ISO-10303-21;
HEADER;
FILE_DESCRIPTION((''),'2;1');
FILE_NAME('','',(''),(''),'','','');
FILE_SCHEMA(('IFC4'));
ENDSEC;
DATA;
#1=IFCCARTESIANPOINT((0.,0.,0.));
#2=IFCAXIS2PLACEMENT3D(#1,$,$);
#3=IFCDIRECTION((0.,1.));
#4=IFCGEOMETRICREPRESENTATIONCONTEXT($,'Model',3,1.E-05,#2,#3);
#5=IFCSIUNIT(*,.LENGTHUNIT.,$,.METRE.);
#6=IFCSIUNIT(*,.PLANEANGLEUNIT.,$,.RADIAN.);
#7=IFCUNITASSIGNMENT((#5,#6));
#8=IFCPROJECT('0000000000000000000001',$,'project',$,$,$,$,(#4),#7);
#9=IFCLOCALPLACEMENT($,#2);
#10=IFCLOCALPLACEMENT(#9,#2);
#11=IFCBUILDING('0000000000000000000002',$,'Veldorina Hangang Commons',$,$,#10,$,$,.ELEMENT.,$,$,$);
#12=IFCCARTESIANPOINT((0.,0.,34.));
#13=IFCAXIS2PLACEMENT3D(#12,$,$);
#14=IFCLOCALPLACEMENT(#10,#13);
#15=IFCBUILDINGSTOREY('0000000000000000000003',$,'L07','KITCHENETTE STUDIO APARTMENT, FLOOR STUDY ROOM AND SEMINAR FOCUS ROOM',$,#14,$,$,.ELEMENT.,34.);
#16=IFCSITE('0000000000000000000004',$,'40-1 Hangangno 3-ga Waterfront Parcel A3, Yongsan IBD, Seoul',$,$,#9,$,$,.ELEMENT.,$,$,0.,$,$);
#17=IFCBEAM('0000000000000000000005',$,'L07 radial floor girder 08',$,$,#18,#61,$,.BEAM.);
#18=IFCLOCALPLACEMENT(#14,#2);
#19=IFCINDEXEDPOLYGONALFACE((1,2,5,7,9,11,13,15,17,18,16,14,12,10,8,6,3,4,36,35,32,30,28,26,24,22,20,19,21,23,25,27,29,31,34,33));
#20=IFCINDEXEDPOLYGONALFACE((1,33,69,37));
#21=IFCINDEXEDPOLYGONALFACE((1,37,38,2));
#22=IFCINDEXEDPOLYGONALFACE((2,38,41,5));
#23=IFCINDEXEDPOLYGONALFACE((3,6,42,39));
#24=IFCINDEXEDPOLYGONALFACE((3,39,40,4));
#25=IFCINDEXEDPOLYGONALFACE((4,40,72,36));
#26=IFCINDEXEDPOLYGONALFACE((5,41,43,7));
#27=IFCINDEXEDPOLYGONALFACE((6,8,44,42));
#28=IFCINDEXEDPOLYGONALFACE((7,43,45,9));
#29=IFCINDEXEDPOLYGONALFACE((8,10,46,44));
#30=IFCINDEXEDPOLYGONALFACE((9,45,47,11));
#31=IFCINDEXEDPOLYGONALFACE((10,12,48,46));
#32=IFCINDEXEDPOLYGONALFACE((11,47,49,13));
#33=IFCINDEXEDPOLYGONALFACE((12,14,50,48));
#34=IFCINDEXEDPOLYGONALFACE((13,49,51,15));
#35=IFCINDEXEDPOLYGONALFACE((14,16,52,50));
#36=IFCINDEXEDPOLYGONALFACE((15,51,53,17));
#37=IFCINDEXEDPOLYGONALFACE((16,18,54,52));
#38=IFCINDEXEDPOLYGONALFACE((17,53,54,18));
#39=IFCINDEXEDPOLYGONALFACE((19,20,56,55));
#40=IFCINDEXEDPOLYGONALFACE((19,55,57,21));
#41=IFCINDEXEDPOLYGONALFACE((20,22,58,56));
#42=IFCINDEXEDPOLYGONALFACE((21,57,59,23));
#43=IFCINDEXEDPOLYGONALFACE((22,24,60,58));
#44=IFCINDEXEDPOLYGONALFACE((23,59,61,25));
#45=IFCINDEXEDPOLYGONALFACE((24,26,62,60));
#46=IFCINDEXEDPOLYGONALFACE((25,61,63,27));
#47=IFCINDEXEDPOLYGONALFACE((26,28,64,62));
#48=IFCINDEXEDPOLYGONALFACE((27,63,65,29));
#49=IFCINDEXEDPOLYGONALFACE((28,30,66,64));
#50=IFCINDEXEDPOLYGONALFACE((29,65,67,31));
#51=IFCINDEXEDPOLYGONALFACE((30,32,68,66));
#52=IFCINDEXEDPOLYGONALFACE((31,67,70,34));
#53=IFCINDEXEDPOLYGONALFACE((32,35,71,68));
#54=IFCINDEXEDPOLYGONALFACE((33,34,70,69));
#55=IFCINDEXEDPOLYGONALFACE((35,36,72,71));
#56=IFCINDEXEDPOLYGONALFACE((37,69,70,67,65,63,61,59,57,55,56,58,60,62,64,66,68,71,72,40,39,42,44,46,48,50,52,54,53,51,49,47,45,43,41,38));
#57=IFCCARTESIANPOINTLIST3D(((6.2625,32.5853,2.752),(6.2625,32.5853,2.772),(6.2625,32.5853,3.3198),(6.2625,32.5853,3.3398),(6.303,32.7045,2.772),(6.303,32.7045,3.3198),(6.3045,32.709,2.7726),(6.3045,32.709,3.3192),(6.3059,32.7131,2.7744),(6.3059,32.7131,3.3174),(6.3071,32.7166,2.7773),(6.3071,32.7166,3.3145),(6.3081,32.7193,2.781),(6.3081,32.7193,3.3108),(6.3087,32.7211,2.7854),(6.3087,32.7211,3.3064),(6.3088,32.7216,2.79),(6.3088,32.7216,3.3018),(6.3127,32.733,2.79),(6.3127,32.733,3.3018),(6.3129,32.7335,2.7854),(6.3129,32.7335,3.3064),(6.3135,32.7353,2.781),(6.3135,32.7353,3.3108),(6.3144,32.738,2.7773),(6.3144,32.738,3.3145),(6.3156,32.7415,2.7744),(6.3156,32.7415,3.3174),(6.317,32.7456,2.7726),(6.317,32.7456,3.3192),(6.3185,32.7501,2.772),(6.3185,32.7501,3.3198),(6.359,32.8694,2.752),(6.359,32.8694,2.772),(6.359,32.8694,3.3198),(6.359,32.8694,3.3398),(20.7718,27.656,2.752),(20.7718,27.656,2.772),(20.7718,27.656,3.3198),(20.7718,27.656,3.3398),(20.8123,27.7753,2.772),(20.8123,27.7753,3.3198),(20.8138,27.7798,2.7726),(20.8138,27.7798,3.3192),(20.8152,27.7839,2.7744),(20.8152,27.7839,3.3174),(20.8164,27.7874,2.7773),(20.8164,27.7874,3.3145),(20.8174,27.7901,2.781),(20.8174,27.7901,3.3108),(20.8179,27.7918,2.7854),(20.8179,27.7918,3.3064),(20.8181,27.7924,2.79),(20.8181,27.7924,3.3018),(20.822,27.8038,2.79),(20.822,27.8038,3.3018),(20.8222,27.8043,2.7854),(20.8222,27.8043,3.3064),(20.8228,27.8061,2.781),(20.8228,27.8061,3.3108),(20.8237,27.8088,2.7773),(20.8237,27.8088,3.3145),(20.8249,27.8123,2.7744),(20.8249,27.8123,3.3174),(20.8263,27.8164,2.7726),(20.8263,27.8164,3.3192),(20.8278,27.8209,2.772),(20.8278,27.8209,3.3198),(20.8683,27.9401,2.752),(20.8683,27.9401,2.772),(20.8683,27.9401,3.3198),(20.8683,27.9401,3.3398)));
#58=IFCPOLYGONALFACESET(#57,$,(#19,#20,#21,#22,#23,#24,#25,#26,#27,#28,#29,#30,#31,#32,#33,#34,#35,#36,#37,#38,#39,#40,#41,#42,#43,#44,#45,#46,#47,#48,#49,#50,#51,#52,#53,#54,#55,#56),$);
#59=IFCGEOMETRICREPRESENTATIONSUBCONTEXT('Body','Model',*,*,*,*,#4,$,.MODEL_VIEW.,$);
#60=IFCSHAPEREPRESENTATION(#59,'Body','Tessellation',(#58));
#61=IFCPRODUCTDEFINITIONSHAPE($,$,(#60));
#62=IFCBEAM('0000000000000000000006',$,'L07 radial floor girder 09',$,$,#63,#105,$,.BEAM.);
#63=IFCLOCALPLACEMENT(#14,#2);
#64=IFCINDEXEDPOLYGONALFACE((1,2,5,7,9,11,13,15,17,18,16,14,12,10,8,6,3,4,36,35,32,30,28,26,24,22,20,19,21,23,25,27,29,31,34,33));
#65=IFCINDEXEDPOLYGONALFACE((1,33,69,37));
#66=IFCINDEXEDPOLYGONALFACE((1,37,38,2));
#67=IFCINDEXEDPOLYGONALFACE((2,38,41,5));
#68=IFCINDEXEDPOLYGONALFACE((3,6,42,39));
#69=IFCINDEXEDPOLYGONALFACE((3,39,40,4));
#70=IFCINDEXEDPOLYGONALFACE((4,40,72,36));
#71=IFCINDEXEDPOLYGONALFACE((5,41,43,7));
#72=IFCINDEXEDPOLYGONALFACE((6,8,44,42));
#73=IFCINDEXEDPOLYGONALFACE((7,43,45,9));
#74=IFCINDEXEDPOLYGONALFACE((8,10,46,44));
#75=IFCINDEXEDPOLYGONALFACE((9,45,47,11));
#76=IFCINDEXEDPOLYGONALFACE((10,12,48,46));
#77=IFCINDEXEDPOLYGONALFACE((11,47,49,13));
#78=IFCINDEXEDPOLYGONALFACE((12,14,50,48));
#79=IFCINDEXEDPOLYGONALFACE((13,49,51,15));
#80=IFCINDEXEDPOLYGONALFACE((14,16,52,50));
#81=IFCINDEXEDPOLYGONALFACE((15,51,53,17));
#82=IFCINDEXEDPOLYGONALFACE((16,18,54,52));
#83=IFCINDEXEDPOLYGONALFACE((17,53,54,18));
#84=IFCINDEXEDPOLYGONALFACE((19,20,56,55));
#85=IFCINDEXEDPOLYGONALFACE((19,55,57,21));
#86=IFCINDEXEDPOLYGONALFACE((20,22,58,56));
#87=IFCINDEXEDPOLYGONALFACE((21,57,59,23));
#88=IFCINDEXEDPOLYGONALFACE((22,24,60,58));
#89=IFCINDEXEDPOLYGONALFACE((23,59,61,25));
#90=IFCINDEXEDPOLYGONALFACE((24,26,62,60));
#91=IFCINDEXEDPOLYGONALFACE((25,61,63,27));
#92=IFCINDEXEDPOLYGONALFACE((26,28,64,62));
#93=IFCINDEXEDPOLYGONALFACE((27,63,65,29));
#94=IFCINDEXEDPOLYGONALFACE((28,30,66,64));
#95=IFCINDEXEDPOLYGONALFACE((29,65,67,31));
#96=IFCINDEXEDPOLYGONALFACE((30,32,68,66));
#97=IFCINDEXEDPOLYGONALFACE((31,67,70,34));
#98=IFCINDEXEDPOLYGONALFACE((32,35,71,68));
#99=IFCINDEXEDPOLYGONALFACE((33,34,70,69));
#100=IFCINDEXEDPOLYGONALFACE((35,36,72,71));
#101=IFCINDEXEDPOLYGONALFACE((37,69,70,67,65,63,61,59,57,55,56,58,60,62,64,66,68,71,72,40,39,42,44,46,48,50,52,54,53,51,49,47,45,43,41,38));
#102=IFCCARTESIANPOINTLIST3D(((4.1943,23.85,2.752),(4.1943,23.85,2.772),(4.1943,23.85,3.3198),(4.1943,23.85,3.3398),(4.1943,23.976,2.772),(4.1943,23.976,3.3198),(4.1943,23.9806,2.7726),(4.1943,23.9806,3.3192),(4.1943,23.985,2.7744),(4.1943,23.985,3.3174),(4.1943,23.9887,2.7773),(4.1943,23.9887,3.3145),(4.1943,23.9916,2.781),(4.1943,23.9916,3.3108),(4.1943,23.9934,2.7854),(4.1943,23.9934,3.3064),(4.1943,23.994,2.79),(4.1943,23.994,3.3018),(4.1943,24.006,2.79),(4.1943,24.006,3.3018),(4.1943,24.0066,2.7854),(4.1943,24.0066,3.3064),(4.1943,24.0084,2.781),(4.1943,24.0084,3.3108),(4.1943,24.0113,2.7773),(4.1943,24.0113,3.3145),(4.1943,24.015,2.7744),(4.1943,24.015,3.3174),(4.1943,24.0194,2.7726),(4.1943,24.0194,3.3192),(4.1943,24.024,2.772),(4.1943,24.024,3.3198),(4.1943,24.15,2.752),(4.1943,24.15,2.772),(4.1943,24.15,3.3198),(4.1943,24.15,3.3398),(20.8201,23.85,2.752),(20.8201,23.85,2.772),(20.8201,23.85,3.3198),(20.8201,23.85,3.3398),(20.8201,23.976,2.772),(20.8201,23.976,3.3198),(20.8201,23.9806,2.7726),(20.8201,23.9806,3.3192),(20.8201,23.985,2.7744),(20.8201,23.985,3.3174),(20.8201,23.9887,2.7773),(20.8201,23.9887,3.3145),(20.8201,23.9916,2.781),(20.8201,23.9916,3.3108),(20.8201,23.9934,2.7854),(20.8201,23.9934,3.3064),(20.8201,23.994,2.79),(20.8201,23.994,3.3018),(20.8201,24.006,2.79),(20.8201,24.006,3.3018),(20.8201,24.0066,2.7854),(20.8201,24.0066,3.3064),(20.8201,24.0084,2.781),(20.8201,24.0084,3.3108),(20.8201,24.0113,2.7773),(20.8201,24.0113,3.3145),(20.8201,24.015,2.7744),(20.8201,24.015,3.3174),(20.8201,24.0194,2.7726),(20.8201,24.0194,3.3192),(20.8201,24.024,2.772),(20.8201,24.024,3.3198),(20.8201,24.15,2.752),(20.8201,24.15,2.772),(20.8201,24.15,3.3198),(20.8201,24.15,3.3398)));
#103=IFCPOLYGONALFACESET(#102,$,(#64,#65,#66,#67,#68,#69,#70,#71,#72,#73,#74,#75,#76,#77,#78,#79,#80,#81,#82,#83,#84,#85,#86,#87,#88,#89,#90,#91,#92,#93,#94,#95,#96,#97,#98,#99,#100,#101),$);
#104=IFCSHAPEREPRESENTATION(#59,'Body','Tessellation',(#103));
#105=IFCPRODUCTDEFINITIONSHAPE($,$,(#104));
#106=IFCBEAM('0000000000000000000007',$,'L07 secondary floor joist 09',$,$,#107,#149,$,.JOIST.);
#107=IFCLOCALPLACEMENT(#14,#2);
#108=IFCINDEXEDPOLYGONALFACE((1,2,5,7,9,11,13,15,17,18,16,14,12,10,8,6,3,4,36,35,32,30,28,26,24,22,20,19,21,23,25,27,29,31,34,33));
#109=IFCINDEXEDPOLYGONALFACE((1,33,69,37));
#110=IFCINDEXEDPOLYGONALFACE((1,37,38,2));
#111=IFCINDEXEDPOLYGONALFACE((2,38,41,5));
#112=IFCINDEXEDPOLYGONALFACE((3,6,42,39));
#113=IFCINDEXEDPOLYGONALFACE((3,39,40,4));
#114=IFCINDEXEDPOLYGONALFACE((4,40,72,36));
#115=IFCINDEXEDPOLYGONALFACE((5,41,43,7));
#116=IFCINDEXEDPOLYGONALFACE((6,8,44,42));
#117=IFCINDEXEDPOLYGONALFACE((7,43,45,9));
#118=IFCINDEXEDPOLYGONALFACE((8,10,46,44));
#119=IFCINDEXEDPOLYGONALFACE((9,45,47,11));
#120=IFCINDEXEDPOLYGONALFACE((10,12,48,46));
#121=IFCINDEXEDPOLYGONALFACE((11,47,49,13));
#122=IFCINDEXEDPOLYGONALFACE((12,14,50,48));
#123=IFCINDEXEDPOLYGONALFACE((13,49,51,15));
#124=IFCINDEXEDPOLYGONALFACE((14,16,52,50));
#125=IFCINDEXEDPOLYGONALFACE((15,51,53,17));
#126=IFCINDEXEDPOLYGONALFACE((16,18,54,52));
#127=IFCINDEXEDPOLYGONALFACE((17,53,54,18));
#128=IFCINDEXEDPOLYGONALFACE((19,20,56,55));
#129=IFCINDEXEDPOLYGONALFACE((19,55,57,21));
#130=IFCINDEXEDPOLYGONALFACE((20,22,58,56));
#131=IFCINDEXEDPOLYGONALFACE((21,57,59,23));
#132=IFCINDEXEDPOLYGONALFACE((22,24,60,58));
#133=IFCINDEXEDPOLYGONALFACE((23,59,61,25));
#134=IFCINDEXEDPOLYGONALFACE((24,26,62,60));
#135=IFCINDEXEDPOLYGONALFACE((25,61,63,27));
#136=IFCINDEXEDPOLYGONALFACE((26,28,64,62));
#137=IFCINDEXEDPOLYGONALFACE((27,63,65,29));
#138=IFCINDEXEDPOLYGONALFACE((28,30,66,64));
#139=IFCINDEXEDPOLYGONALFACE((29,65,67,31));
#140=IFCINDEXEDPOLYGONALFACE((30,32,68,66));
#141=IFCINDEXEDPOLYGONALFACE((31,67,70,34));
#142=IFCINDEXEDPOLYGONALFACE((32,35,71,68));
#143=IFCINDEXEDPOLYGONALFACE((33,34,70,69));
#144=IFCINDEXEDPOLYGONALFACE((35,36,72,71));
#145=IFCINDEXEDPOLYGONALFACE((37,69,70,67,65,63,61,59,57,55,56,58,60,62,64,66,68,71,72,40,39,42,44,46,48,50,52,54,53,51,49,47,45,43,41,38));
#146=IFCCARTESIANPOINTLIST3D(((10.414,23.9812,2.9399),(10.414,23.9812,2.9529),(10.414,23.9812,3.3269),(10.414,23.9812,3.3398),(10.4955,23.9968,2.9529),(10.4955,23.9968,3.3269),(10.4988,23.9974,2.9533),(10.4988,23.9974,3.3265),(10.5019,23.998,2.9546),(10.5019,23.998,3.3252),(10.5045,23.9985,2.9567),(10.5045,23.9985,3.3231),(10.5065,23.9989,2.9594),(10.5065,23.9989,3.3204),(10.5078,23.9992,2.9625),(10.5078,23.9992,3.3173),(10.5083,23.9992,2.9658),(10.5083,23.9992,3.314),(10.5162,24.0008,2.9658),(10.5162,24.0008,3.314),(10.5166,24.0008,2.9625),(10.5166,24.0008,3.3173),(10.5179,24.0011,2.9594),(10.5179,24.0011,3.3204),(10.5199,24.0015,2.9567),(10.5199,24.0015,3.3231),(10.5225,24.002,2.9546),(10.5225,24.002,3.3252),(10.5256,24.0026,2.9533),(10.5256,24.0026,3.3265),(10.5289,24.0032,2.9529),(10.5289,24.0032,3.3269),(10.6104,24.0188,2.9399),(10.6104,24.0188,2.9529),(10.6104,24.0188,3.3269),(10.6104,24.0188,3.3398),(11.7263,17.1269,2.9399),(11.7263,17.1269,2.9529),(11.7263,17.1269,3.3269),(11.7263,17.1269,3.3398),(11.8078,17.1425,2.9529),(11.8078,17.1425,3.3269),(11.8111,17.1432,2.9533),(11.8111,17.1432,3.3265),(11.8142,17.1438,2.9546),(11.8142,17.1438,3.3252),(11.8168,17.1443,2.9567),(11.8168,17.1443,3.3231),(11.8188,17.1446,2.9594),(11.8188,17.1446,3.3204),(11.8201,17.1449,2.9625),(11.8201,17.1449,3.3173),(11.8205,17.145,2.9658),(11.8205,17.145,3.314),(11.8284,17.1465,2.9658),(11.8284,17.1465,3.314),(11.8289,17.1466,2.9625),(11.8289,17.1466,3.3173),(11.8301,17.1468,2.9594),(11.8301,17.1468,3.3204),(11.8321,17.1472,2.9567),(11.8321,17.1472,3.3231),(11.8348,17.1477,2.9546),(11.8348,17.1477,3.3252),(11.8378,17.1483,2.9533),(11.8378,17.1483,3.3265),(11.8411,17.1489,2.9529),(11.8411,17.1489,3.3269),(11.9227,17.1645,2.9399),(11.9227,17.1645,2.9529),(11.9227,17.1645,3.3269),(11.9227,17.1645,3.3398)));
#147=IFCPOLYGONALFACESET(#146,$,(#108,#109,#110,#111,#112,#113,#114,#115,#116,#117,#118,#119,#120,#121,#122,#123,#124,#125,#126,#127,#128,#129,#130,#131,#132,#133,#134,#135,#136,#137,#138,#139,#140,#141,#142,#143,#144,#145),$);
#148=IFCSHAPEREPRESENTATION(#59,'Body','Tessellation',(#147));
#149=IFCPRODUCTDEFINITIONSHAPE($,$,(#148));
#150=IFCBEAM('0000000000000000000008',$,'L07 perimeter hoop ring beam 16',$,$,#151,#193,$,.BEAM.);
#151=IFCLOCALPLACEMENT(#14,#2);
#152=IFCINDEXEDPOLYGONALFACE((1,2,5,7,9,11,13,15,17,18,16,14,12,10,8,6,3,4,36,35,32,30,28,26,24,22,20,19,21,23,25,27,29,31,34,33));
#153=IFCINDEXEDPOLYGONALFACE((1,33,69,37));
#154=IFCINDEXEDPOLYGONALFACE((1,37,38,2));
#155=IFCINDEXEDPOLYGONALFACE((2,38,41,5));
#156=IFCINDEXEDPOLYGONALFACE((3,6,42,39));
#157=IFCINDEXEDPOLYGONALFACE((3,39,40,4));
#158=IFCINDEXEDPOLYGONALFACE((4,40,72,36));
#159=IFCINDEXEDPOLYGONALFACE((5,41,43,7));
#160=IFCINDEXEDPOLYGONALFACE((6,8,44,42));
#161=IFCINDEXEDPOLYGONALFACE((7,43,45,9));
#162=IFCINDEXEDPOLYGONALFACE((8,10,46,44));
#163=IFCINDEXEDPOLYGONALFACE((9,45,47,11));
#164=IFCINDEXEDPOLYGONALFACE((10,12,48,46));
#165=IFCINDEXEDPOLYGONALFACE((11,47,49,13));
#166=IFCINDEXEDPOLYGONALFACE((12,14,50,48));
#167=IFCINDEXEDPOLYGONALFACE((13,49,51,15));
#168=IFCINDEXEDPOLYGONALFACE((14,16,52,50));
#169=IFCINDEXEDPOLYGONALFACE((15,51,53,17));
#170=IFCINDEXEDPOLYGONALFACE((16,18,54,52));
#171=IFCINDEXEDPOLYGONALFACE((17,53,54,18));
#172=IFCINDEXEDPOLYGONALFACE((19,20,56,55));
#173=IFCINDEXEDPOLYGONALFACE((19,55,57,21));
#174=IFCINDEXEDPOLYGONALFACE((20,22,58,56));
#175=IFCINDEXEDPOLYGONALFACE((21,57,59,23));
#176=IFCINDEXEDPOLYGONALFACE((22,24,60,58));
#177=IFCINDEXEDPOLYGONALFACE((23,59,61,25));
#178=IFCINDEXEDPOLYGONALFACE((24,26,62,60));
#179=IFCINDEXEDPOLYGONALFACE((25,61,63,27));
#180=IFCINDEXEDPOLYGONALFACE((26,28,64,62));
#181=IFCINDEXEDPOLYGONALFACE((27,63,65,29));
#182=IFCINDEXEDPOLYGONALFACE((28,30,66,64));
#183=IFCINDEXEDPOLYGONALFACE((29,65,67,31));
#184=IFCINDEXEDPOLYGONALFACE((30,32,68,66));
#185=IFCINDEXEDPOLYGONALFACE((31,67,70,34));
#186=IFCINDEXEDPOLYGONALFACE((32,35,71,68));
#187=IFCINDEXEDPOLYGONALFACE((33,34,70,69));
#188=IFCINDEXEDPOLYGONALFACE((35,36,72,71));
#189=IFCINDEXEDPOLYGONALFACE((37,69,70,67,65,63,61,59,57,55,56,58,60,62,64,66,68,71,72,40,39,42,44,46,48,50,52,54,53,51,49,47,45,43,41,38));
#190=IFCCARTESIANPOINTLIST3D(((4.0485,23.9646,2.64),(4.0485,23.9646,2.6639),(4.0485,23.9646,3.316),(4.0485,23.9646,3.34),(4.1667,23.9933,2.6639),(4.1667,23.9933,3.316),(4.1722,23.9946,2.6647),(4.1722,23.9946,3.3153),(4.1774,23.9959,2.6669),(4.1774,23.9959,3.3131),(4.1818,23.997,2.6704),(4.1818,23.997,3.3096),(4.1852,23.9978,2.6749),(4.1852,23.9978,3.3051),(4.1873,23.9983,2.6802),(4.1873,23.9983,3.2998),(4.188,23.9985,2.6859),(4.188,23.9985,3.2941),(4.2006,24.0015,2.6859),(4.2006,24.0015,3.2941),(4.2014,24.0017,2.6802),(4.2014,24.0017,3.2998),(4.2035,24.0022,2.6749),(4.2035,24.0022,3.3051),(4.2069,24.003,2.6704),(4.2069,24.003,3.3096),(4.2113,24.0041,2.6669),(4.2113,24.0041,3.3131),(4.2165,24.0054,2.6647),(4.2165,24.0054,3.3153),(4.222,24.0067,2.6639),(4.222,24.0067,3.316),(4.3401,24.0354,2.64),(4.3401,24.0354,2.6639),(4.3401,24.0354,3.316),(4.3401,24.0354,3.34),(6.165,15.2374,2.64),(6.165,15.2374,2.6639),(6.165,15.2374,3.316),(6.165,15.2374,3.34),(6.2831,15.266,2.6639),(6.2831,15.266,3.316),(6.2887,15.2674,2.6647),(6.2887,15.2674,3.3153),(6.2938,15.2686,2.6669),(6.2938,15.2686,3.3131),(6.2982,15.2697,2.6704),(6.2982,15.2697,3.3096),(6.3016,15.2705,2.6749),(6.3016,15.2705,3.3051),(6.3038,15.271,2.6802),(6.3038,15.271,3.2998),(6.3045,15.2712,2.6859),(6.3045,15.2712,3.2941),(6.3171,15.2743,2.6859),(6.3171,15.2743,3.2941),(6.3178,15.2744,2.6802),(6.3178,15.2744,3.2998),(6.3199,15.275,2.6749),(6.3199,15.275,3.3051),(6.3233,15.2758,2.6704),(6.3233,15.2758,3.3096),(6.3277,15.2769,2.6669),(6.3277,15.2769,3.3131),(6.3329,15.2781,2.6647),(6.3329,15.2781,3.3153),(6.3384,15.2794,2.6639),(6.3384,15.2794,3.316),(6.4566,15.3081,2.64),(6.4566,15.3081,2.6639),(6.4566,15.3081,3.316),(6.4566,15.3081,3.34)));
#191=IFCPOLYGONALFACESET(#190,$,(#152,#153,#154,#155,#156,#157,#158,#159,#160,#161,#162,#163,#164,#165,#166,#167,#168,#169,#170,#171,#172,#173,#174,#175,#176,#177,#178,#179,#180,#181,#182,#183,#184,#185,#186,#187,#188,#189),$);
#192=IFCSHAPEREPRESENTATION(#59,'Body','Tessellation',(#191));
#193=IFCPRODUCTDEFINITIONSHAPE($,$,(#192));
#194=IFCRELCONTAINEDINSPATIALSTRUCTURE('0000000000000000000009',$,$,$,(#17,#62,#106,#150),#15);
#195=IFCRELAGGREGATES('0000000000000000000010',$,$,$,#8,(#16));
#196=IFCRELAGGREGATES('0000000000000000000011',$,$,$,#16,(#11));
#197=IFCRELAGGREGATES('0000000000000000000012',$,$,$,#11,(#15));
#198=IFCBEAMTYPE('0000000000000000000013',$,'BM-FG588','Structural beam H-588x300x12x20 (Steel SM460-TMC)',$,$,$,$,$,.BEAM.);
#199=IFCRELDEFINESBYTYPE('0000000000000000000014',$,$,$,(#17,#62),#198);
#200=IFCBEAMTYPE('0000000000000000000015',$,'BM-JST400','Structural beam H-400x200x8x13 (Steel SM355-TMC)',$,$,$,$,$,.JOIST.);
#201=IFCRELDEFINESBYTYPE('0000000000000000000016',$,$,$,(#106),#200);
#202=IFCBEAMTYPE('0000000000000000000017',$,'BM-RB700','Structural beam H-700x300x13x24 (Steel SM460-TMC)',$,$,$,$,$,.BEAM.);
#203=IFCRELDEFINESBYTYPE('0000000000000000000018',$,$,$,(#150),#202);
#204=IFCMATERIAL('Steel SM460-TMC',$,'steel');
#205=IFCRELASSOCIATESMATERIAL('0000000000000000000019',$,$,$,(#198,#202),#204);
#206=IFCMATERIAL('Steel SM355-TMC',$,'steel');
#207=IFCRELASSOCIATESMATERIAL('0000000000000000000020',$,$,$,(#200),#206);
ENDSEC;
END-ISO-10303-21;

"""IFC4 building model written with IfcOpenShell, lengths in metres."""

from ifc_helpers import new_model, si_unit, direction, frame, origin, origin_2d, place, context, subcontext, project, spatial, i_section, extrude, material, material_profile, profile_set, type_object, element, save


model = new_model("IFC4")

# Units and contexts
model_context = context("Model", 3, precision=1e-05, world=origin(), true_north=direction((0.0, 1.0)))
body_context = subcontext(model_context, "Body", "Model", "MODEL_VIEW")
ifc_project = project(units=[si_unit("LENGTHUNIT", "METRE"), si_unit("PLANEANGLEUNIT", "RADIAN")], contexts=[model_context])

# Site, building, storey
site_placement = place(None, origin())
site = spatial("IfcSite", under=ifc_project, at=site_placement, Name="40-1 Hangangno 3-ga Waterfront Parcel A3, Yongsan IBD, Seoul", CompositionType="ELEMENT", RefElevation=0.0)
building_placement = place(site_placement, origin())
building = spatial("IfcBuilding", under=site, at=building_placement, Name="Veldorina Hangang Commons", CompositionType="ELEMENT")
storey_placement = place(building_placement, frame((0.0, 0.0, 34.0)))
storey = spatial("IfcBuildingStorey", under=building, at=storey_placement, Name="L07", Description="KITCHENETTE STUDIO APARTMENT, FLOOR STUDY ROOM AND SEMINAR FOCUS ROOM", CompositionType="ELEMENT", Elevation=34.0)

# Beams
ifc_material_1 = material(Name="Steel SM460-TMC", Category="steel")
ifc_material_profile_1 = material_profile(ifc_material_1, i_section(OverallWidth=0.3, OverallDepth=0.5879, WebThickness=0.012, FlangeThickness=0.02, FilletRadius=0.0181, at=origin_2d()), Name="H-588x300x12x20")
ifc_profile_set_1 = profile_set([ifc_material_profile_1], Name="Steel SM460-TMC")
beam_type_1 = type_object("IfcBeamType", Name="BM-FG588", Description="Structural beam H-588x300x12x20 (Steel SM460-TMC)", PredefinedType="BEAM", material=ifc_profile_set_1)
beam_1_placement = place(storey_placement, frame((20.8201, 27.7981, 3.0459), z_axis=(-0.946851, 0.321671, 0.0), x_axis=(-0.321671, -0.946851, 0.0)))
element("IfcBeam", 1, at=beam_1_placement, inside=storey, type_object=beam_type_1, Name="L07 radial floor girder 08", PredefinedType="BEAM", context=body_context, shape_type="SweptSolid", body=[
    extrude(i_section(OverallWidth=0.3, OverallDepth=0.5879, WebThickness=0.012, FlangeThickness=0.02, FilletRadius=0.0181, at=origin_2d()), origin(), (0.0, 0.0, 1.0), 15.3237),
])
beam_2_placement = place(storey_placement, frame((20.8201, 24.0, 3.0459), z_axis=(-1.0, 0.0, 0.0), x_axis=(0.0, -1.0, 0.0)))
element("IfcBeam", 2, at=beam_2_placement, inside=storey, type_object=beam_type_1, Name="L07 radial floor girder 09", PredefinedType="BEAM", context=body_context, shape_type="SweptSolid", body=[
    extrude(i_section(OverallWidth=0.3, OverallDepth=0.5879, WebThickness=0.012, FlangeThickness=0.02, FilletRadius=0.0181, at=origin_2d()), origin(), (0.0, 0.0, 1.0), 16.6257),
])
ifc_material_2 = material(Name="Steel SM355-TMC", Category="steel")
ifc_material_profile_2 = material_profile(ifc_material_2, i_section(OverallWidth=0.2, OverallDepth=0.3999, WebThickness=0.0081, FlangeThickness=0.0129, FilletRadius=0.0129, at=origin_2d()), Name="H-400x200x8x13")
ifc_profile_set_2 = profile_set([ifc_material_profile_2], Name="Steel SM355-TMC")
beam_type_2 = type_object("IfcBeamType", Name="BM-JST400", Description="Structural beam H-400x200x8x13 (Steel SM355-TMC)", PredefinedType="JOIST", material=ifc_profile_set_2)
beam_3_placement = place(storey_placement, frame((10.5122, 24.0, 3.1399), z_axis=(0.188036, -0.982162, 0.0), x_axis=(0.982162, 0.188036, 0.0)))
element("IfcBeam", 3, at=beam_3_placement, inside=storey, type_object=beam_type_2, Name="L07 secondary floor joist 09", PredefinedType="JOIST", context=body_context, shape_type="SweptSolid", body=[
    extrude(i_section(OverallWidth=0.2, OverallDepth=0.3999, WebThickness=0.0081, FlangeThickness=0.0129, FilletRadius=0.0129, at=origin_2d()), origin(), (0.0, 0.0, 1.0), 6.9788),
])
ifc_material_profile_3 = material_profile(ifc_material_1, i_section(OverallWidth=0.3, OverallDepth=0.7, WebThickness=0.0129, FlangeThickness=0.0239, FilletRadius=0.022, at=origin_2d()), Name="H-700x300x13x24")
ifc_profile_set_3 = profile_set([ifc_material_profile_3], Name="Steel SM460-TMC")
beam_type_3 = type_object("IfcBeamType", Name="BM-RB700", Description="Structural beam H-700x300x13x24 (Steel SM460-TMC)", PredefinedType="BEAM", material=ifc_profile_set_3)
beam_4_placement = place(storey_placement, frame((4.1943, 24.0, 2.99), z_axis=(0.235679, -0.971831, 0.0), x_axis=(0.971831, 0.235679, 0.0)))
element("IfcBeam", 4, at=beam_4_placement, inside=storey, type_object=beam_type_3, Name="L07 perimeter hoop ring beam 16", PredefinedType="BEAM", context=body_context, shape_type="SweptSolid", body=[
    extrude(i_section(OverallWidth=0.3, OverallDepth=0.7, WebThickness=0.0129, FlangeThickness=0.0239, FilletRadius=0.022, at=origin_2d()), origin(), (0.0, 0.0, 1.0), 8.9802),
])

save(model, "model.ifc")
